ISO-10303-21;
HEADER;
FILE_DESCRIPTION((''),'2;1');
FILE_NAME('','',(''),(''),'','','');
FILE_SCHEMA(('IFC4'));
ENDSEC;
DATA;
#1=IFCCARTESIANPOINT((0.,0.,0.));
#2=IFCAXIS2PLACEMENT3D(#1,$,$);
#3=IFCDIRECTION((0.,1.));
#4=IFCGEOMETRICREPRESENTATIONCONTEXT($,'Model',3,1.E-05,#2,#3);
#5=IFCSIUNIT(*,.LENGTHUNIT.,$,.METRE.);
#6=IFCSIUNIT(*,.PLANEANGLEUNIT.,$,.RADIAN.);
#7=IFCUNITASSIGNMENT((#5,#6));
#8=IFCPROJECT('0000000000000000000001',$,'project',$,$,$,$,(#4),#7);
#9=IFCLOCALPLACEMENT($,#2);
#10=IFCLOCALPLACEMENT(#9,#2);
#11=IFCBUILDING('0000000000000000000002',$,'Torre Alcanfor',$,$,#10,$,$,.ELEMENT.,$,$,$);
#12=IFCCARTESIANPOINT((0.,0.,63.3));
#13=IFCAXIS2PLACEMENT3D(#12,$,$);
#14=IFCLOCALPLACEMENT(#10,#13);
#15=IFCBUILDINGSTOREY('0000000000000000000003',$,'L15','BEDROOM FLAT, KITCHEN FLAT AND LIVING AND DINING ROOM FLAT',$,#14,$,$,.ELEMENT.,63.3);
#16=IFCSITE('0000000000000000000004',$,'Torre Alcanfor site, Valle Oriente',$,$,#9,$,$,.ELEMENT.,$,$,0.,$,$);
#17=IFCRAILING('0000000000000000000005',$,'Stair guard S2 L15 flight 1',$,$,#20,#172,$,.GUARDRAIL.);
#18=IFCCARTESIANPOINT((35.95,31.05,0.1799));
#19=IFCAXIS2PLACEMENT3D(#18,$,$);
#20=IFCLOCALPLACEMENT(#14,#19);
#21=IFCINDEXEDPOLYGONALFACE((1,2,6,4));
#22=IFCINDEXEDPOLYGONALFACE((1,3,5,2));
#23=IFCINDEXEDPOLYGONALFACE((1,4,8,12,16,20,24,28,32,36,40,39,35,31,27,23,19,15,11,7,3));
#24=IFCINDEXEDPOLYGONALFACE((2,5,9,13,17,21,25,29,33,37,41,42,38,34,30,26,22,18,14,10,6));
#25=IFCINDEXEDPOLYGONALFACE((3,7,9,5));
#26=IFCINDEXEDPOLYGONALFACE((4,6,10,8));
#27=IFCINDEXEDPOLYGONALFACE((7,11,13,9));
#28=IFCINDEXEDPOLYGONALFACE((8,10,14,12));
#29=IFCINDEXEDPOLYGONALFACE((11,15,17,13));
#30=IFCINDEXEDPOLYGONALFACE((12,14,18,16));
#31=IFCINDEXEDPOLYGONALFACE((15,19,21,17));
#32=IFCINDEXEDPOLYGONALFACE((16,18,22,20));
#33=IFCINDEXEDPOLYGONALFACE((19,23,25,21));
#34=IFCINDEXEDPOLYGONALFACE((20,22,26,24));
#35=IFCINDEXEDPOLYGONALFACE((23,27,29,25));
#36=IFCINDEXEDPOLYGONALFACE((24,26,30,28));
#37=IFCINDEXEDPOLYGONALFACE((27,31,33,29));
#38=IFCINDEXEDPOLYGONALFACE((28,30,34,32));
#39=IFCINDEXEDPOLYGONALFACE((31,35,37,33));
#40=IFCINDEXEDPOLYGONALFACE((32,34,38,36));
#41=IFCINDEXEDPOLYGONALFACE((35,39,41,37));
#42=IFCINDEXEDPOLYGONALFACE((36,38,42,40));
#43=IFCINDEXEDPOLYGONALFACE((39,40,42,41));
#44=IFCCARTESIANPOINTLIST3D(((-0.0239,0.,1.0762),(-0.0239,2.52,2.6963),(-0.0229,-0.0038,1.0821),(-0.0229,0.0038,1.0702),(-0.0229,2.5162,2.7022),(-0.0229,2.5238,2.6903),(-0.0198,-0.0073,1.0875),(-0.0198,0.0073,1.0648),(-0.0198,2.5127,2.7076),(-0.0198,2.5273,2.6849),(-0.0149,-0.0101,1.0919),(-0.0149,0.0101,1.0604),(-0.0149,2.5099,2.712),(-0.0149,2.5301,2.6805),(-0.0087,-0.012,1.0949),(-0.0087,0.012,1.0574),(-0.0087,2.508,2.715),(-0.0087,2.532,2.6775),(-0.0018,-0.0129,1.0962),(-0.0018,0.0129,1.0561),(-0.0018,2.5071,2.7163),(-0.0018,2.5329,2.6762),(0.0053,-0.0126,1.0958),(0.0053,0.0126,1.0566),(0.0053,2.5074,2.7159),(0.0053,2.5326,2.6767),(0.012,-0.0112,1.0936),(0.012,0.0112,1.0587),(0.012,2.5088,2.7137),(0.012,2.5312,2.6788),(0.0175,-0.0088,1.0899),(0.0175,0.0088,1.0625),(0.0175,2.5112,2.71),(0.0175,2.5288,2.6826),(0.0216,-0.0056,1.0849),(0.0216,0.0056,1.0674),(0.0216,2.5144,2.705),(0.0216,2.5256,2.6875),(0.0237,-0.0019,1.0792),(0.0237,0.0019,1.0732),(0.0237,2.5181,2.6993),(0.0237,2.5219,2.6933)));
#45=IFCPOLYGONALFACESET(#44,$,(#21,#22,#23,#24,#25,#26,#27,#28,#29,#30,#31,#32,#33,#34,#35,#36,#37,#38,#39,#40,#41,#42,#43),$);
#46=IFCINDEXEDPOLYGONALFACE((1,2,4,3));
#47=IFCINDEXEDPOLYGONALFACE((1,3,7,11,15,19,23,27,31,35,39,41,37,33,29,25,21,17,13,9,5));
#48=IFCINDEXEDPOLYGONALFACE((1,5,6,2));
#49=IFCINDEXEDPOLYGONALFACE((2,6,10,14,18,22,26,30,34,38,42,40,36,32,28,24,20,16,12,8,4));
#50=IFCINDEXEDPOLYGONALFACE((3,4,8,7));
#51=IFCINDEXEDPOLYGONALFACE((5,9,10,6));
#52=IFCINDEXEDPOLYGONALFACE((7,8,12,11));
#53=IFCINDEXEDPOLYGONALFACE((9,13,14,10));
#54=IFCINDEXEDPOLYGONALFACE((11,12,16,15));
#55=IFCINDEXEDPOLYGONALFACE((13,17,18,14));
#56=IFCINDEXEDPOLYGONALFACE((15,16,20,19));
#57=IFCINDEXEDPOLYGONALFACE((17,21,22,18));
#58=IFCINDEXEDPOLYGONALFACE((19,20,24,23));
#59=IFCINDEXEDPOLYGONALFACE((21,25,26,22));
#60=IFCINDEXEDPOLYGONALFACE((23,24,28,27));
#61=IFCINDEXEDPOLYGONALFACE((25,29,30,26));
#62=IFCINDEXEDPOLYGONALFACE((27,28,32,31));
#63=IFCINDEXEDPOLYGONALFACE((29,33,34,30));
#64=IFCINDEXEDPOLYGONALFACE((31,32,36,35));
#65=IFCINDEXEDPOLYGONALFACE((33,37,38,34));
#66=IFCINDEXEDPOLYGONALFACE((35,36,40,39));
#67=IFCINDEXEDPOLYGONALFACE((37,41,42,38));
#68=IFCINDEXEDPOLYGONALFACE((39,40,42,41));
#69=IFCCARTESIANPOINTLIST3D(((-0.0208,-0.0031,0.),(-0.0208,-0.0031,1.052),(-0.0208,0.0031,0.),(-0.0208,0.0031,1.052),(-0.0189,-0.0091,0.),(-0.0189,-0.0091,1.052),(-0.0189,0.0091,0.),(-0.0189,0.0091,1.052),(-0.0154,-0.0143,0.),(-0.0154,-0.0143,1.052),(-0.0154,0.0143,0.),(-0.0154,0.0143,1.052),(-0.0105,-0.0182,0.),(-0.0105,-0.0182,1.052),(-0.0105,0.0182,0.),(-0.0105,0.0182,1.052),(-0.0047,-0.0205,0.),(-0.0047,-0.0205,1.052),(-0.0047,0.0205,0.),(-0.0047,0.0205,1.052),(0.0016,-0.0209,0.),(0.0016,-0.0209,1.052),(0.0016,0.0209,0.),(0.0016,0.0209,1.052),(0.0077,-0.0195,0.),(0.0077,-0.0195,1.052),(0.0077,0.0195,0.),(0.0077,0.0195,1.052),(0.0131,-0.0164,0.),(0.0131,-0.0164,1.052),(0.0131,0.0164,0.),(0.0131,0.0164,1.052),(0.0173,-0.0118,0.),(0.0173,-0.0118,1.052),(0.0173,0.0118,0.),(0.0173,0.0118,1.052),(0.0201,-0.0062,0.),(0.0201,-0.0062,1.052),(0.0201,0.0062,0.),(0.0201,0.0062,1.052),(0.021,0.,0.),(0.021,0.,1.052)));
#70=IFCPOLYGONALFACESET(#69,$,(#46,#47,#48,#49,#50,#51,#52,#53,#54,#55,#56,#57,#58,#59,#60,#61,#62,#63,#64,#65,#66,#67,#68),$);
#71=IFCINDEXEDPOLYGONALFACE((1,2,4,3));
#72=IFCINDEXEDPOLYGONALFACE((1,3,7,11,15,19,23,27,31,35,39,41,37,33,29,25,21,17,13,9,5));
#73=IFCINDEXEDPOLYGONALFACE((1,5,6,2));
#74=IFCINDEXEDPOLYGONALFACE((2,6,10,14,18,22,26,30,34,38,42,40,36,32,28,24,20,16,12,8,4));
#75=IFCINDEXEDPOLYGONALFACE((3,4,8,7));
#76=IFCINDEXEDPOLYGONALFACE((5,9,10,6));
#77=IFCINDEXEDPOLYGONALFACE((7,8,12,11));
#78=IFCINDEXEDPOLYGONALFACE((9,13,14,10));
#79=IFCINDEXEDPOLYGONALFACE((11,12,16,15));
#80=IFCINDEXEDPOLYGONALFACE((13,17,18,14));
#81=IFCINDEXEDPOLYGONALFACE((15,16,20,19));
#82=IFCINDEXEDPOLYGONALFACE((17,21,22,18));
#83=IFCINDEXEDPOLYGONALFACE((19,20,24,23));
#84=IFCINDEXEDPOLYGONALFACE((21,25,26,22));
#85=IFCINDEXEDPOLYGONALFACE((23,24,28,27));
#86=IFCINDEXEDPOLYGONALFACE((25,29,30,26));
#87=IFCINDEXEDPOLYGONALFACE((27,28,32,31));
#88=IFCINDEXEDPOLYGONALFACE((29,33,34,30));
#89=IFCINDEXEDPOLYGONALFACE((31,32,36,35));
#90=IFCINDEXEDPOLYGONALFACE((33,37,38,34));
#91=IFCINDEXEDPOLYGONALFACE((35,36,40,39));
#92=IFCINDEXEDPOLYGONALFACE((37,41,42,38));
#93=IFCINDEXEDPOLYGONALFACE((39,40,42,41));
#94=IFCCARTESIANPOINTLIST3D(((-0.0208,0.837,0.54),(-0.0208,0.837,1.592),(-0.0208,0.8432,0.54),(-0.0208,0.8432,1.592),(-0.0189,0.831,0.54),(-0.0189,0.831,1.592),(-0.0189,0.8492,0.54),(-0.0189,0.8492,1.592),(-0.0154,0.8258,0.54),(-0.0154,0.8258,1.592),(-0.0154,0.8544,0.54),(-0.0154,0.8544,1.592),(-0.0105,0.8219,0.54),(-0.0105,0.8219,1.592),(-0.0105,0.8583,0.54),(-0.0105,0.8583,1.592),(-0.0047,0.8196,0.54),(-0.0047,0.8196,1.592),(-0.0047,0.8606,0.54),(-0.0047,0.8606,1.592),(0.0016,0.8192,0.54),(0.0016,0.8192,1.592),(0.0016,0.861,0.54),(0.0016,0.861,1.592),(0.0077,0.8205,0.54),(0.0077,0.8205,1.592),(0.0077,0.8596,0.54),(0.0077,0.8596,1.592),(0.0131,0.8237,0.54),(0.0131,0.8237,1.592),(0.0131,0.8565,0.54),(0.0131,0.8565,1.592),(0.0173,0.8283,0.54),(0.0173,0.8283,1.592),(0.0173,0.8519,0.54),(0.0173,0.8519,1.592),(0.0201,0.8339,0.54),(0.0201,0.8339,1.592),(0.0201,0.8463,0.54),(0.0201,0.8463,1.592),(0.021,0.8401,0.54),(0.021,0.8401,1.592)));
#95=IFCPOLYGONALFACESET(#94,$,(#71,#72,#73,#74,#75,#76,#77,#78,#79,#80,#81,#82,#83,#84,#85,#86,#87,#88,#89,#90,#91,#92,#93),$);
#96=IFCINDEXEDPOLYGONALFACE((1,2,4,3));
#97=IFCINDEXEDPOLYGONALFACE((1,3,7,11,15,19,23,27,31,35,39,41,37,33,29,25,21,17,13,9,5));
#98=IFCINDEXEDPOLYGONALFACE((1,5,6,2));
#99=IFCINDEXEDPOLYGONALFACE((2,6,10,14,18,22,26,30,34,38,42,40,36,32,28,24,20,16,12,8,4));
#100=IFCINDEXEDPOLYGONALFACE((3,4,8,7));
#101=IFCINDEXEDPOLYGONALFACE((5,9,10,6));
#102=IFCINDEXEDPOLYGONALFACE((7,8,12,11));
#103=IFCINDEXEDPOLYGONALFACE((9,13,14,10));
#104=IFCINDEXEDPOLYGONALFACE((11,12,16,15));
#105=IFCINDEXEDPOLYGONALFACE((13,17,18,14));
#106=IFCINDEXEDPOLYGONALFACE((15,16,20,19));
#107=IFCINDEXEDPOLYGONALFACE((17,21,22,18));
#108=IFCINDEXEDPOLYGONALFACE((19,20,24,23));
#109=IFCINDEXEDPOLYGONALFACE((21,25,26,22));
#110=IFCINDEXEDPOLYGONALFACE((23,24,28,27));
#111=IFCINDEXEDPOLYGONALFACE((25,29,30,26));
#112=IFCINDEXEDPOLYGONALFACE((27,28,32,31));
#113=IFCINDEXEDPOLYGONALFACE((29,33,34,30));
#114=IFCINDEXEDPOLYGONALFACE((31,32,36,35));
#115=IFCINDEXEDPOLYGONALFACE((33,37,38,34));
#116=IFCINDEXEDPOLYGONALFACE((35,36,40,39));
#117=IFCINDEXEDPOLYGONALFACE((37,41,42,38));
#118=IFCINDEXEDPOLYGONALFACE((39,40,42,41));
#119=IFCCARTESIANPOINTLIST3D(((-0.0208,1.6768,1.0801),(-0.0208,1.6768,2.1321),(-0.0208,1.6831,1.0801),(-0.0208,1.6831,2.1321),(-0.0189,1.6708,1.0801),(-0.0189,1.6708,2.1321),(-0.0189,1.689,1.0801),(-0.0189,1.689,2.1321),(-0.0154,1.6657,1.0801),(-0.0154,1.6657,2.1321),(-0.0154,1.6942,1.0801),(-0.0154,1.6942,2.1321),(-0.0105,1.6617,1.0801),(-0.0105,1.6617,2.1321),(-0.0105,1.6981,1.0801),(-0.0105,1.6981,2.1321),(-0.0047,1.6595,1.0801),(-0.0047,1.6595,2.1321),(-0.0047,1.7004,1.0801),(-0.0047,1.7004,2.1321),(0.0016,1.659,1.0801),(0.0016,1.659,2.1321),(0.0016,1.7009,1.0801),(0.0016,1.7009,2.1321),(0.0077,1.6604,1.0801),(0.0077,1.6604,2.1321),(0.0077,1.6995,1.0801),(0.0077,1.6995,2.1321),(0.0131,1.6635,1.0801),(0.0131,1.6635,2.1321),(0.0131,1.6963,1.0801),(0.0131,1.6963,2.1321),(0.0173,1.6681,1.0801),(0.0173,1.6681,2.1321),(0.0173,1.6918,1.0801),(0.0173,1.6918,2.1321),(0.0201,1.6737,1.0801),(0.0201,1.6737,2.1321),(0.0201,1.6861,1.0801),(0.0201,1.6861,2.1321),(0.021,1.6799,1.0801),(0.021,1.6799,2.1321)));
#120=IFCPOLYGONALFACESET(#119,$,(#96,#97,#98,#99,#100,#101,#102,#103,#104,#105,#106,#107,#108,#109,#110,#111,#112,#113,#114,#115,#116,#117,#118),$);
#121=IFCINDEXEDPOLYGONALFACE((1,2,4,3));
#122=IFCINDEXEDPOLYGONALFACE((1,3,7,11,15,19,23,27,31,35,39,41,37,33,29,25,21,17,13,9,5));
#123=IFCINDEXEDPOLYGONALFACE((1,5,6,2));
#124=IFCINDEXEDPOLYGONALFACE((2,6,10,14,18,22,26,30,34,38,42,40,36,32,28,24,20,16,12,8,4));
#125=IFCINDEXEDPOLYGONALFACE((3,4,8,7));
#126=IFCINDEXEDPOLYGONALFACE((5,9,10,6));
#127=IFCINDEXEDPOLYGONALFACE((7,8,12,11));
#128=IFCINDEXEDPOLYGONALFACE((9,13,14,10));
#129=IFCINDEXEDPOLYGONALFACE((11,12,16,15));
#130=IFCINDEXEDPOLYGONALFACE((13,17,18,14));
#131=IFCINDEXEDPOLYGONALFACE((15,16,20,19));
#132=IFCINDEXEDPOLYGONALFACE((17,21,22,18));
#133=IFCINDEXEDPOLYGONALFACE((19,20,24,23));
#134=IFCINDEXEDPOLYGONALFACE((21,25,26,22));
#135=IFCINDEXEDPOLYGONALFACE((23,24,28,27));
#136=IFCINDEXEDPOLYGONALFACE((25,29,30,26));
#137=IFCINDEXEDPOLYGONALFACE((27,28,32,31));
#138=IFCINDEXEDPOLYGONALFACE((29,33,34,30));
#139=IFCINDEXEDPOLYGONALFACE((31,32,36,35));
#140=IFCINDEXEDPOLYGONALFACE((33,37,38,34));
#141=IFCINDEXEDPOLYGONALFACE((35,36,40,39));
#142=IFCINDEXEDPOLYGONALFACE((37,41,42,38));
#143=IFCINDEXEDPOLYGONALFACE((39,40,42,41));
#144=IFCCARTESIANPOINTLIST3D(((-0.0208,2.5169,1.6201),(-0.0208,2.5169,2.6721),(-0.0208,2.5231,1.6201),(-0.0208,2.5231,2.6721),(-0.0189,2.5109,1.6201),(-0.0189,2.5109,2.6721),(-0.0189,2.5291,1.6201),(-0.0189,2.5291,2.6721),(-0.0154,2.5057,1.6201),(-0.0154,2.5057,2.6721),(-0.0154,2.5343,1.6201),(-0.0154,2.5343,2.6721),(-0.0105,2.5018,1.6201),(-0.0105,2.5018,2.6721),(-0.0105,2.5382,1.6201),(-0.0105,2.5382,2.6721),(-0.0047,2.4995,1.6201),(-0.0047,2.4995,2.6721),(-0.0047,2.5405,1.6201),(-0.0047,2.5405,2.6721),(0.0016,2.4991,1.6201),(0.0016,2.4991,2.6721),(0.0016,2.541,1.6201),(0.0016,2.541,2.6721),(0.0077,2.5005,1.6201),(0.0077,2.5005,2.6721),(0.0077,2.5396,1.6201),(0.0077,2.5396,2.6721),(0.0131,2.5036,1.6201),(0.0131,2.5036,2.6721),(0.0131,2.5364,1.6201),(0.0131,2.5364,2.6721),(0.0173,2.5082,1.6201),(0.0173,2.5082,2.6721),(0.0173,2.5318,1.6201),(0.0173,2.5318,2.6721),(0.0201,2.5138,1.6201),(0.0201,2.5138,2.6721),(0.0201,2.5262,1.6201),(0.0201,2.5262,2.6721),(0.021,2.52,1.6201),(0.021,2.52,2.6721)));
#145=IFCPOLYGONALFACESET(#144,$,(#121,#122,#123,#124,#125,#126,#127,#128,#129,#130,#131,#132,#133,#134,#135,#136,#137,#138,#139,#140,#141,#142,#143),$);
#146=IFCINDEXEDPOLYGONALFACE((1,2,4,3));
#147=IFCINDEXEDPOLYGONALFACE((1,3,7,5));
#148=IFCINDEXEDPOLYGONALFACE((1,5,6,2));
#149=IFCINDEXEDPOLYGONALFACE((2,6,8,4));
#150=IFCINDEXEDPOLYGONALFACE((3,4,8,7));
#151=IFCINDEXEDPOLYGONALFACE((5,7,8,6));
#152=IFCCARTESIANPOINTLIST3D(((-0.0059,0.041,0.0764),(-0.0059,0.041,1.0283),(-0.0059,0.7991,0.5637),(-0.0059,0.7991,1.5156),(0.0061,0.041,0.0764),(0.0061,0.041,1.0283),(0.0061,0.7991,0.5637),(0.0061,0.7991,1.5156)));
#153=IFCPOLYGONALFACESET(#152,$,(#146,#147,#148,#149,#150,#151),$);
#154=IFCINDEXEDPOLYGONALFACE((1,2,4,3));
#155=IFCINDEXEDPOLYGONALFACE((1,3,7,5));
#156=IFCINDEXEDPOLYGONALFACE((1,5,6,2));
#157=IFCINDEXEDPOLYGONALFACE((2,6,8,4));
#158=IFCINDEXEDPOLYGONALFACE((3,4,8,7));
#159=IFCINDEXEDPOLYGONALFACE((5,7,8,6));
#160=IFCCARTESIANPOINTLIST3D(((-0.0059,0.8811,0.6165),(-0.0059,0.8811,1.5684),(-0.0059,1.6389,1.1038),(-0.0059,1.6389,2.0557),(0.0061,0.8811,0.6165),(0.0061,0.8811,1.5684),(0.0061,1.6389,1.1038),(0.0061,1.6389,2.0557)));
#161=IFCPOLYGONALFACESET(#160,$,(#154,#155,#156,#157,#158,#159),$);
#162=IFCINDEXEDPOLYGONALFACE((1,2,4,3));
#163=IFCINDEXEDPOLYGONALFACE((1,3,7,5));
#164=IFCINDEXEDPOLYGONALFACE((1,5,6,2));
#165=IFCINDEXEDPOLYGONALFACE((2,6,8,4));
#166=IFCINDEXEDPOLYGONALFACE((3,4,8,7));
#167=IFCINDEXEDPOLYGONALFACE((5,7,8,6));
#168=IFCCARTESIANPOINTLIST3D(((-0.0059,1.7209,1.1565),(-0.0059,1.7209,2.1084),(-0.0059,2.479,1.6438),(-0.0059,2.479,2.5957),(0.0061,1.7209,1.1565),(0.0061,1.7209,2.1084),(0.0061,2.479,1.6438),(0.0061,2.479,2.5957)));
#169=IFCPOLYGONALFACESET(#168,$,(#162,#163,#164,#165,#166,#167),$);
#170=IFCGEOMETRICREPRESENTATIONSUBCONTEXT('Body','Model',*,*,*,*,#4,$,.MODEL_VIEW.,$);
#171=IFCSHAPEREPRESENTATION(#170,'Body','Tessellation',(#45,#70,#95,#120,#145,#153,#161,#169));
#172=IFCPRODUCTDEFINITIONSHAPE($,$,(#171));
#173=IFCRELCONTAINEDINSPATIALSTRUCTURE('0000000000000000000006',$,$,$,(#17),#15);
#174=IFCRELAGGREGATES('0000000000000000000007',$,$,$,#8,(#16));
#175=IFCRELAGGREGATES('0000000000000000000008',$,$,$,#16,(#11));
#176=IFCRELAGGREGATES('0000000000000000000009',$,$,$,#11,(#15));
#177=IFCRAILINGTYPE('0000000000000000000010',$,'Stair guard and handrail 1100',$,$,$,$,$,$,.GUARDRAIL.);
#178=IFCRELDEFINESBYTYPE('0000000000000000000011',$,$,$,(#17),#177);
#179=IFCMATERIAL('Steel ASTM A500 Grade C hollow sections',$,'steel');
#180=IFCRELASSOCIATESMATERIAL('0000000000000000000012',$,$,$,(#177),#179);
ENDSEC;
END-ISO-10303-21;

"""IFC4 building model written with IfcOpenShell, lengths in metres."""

from ifc_helpers import new_model, si_unit, direction, frame, origin, origin_2d, place, context, subcontext, project, spatial, polyline, circle, outline, extrude, material, type_object, element, save


model = new_model("IFC4")

# Units and contexts
model_context = context("Model", 3, precision=1e-05, world=origin(), true_north=direction((0.0, 1.0)))
body_context = subcontext(model_context, "Body", "Model", "MODEL_VIEW")
ifc_project = project(units=[si_unit("LENGTHUNIT", "METRE"), si_unit("PLANEANGLEUNIT", "RADIAN")], contexts=[model_context])

# Site, building, storey
site_placement = place(None, origin())
site = spatial("IfcSite", under=ifc_project, at=site_placement, Name="Torre Alcanfor site, Valle Oriente", CompositionType="ELEMENT", RefElevation=0.0)
building_placement = place(site_placement, origin())
building = spatial("IfcBuilding", under=site, at=building_placement, Name="Torre Alcanfor", CompositionType="ELEMENT")
storey_placement = place(building_placement, frame((0.0, 0.0, 63.3)))
storey = spatial("IfcBuildingStorey", under=building, at=storey_placement, Name="L15", Description="BEDROOM FLAT, KITCHEN FLAT AND LIVING AND DINING ROOM FLAT", CompositionType="ELEMENT", Elevation=63.3)

# Railing
ifc_material_1 = material(Name="Steel ASTM A500 Grade C hollow sections", Category="steel")
railing_type_1 = type_object("IfcRailingType", Name="Stair guard and handrail 1100", PredefinedType="GUARDRAIL", material=ifc_material_1)
railing_1_placement = place(storey_placement, frame((35.95, 31.05, 0.1799)))
element("IfcRailing", 1, at=railing_1_placement, inside=storey, type_object=railing_type_1, Name="Stair guard S2 L15 flight 1", PredefinedType="GUARDRAIL", context=body_context, shape_type="SweptSolid", body=[
    extrude(circle(Radius=0.0239, at=origin_2d()), frame((0.0, 0.0, 1.0762), z_axis=(0.0, 0.841163, 0.540782), x_axis=(-1.0, 0.0, 0.0)), (0.0, 0.0, 1.0), 2.9958),
    extrude(circle(Radius=0.021, at=origin_2d()), origin(), (0.0, 0.0, 1.0), 1.052),
    extrude(circle(Radius=0.021, at=origin_2d()), frame((0.0, 0.8401, 0.54)), (0.0, 0.0, 1.0), 1.052),
    extrude(circle(Radius=0.021, at=origin_2d()), frame((0.0, 1.6799, 1.0801)), (0.0, 0.0, 1.0), 1.052),
    extrude(circle(Radius=0.021, at=origin_2d()), frame((0.0, 2.52, 1.6201)), (0.0, 0.0, 1.0), 1.052),
    extrude(outline(polyline([(0.041, 0.0764), (0.7991, 0.5637), (0.7991, 1.5156), (0.041, 1.0283), (0.041, 0.0764)])), frame((-0.0059, 0.0, 0.0), z_axis=(1.0, 0.0, 0.0), x_axis=(0.0, 1.0, 0.0)), (0.0, 0.0, 1.0), 0.012),
    extrude(outline(polyline([(0.8811, 0.6165), (1.6389, 1.1038), (1.6389, 2.0557), (0.8811, 1.5684), (0.8811, 0.6165)])), frame((-0.0059, 0.0, 0.0), z_axis=(1.0, 0.0, 0.0), x_axis=(0.0, 1.0, 0.0)), (0.0, 0.0, 1.0), 0.012),
    extrude(outline(polyline([(1.7209, 1.1565), (2.479, 1.6438), (2.479, 2.5957), (1.7209, 2.1084), (1.7209, 1.1565)])), frame((-0.0059, 0.0, 0.0), z_axis=(1.0, 0.0, 0.0), x_axis=(0.0, 1.0, 0.0)), (0.0, 0.0, 1.0), 0.012),
])

save(model, "model.ifc")
